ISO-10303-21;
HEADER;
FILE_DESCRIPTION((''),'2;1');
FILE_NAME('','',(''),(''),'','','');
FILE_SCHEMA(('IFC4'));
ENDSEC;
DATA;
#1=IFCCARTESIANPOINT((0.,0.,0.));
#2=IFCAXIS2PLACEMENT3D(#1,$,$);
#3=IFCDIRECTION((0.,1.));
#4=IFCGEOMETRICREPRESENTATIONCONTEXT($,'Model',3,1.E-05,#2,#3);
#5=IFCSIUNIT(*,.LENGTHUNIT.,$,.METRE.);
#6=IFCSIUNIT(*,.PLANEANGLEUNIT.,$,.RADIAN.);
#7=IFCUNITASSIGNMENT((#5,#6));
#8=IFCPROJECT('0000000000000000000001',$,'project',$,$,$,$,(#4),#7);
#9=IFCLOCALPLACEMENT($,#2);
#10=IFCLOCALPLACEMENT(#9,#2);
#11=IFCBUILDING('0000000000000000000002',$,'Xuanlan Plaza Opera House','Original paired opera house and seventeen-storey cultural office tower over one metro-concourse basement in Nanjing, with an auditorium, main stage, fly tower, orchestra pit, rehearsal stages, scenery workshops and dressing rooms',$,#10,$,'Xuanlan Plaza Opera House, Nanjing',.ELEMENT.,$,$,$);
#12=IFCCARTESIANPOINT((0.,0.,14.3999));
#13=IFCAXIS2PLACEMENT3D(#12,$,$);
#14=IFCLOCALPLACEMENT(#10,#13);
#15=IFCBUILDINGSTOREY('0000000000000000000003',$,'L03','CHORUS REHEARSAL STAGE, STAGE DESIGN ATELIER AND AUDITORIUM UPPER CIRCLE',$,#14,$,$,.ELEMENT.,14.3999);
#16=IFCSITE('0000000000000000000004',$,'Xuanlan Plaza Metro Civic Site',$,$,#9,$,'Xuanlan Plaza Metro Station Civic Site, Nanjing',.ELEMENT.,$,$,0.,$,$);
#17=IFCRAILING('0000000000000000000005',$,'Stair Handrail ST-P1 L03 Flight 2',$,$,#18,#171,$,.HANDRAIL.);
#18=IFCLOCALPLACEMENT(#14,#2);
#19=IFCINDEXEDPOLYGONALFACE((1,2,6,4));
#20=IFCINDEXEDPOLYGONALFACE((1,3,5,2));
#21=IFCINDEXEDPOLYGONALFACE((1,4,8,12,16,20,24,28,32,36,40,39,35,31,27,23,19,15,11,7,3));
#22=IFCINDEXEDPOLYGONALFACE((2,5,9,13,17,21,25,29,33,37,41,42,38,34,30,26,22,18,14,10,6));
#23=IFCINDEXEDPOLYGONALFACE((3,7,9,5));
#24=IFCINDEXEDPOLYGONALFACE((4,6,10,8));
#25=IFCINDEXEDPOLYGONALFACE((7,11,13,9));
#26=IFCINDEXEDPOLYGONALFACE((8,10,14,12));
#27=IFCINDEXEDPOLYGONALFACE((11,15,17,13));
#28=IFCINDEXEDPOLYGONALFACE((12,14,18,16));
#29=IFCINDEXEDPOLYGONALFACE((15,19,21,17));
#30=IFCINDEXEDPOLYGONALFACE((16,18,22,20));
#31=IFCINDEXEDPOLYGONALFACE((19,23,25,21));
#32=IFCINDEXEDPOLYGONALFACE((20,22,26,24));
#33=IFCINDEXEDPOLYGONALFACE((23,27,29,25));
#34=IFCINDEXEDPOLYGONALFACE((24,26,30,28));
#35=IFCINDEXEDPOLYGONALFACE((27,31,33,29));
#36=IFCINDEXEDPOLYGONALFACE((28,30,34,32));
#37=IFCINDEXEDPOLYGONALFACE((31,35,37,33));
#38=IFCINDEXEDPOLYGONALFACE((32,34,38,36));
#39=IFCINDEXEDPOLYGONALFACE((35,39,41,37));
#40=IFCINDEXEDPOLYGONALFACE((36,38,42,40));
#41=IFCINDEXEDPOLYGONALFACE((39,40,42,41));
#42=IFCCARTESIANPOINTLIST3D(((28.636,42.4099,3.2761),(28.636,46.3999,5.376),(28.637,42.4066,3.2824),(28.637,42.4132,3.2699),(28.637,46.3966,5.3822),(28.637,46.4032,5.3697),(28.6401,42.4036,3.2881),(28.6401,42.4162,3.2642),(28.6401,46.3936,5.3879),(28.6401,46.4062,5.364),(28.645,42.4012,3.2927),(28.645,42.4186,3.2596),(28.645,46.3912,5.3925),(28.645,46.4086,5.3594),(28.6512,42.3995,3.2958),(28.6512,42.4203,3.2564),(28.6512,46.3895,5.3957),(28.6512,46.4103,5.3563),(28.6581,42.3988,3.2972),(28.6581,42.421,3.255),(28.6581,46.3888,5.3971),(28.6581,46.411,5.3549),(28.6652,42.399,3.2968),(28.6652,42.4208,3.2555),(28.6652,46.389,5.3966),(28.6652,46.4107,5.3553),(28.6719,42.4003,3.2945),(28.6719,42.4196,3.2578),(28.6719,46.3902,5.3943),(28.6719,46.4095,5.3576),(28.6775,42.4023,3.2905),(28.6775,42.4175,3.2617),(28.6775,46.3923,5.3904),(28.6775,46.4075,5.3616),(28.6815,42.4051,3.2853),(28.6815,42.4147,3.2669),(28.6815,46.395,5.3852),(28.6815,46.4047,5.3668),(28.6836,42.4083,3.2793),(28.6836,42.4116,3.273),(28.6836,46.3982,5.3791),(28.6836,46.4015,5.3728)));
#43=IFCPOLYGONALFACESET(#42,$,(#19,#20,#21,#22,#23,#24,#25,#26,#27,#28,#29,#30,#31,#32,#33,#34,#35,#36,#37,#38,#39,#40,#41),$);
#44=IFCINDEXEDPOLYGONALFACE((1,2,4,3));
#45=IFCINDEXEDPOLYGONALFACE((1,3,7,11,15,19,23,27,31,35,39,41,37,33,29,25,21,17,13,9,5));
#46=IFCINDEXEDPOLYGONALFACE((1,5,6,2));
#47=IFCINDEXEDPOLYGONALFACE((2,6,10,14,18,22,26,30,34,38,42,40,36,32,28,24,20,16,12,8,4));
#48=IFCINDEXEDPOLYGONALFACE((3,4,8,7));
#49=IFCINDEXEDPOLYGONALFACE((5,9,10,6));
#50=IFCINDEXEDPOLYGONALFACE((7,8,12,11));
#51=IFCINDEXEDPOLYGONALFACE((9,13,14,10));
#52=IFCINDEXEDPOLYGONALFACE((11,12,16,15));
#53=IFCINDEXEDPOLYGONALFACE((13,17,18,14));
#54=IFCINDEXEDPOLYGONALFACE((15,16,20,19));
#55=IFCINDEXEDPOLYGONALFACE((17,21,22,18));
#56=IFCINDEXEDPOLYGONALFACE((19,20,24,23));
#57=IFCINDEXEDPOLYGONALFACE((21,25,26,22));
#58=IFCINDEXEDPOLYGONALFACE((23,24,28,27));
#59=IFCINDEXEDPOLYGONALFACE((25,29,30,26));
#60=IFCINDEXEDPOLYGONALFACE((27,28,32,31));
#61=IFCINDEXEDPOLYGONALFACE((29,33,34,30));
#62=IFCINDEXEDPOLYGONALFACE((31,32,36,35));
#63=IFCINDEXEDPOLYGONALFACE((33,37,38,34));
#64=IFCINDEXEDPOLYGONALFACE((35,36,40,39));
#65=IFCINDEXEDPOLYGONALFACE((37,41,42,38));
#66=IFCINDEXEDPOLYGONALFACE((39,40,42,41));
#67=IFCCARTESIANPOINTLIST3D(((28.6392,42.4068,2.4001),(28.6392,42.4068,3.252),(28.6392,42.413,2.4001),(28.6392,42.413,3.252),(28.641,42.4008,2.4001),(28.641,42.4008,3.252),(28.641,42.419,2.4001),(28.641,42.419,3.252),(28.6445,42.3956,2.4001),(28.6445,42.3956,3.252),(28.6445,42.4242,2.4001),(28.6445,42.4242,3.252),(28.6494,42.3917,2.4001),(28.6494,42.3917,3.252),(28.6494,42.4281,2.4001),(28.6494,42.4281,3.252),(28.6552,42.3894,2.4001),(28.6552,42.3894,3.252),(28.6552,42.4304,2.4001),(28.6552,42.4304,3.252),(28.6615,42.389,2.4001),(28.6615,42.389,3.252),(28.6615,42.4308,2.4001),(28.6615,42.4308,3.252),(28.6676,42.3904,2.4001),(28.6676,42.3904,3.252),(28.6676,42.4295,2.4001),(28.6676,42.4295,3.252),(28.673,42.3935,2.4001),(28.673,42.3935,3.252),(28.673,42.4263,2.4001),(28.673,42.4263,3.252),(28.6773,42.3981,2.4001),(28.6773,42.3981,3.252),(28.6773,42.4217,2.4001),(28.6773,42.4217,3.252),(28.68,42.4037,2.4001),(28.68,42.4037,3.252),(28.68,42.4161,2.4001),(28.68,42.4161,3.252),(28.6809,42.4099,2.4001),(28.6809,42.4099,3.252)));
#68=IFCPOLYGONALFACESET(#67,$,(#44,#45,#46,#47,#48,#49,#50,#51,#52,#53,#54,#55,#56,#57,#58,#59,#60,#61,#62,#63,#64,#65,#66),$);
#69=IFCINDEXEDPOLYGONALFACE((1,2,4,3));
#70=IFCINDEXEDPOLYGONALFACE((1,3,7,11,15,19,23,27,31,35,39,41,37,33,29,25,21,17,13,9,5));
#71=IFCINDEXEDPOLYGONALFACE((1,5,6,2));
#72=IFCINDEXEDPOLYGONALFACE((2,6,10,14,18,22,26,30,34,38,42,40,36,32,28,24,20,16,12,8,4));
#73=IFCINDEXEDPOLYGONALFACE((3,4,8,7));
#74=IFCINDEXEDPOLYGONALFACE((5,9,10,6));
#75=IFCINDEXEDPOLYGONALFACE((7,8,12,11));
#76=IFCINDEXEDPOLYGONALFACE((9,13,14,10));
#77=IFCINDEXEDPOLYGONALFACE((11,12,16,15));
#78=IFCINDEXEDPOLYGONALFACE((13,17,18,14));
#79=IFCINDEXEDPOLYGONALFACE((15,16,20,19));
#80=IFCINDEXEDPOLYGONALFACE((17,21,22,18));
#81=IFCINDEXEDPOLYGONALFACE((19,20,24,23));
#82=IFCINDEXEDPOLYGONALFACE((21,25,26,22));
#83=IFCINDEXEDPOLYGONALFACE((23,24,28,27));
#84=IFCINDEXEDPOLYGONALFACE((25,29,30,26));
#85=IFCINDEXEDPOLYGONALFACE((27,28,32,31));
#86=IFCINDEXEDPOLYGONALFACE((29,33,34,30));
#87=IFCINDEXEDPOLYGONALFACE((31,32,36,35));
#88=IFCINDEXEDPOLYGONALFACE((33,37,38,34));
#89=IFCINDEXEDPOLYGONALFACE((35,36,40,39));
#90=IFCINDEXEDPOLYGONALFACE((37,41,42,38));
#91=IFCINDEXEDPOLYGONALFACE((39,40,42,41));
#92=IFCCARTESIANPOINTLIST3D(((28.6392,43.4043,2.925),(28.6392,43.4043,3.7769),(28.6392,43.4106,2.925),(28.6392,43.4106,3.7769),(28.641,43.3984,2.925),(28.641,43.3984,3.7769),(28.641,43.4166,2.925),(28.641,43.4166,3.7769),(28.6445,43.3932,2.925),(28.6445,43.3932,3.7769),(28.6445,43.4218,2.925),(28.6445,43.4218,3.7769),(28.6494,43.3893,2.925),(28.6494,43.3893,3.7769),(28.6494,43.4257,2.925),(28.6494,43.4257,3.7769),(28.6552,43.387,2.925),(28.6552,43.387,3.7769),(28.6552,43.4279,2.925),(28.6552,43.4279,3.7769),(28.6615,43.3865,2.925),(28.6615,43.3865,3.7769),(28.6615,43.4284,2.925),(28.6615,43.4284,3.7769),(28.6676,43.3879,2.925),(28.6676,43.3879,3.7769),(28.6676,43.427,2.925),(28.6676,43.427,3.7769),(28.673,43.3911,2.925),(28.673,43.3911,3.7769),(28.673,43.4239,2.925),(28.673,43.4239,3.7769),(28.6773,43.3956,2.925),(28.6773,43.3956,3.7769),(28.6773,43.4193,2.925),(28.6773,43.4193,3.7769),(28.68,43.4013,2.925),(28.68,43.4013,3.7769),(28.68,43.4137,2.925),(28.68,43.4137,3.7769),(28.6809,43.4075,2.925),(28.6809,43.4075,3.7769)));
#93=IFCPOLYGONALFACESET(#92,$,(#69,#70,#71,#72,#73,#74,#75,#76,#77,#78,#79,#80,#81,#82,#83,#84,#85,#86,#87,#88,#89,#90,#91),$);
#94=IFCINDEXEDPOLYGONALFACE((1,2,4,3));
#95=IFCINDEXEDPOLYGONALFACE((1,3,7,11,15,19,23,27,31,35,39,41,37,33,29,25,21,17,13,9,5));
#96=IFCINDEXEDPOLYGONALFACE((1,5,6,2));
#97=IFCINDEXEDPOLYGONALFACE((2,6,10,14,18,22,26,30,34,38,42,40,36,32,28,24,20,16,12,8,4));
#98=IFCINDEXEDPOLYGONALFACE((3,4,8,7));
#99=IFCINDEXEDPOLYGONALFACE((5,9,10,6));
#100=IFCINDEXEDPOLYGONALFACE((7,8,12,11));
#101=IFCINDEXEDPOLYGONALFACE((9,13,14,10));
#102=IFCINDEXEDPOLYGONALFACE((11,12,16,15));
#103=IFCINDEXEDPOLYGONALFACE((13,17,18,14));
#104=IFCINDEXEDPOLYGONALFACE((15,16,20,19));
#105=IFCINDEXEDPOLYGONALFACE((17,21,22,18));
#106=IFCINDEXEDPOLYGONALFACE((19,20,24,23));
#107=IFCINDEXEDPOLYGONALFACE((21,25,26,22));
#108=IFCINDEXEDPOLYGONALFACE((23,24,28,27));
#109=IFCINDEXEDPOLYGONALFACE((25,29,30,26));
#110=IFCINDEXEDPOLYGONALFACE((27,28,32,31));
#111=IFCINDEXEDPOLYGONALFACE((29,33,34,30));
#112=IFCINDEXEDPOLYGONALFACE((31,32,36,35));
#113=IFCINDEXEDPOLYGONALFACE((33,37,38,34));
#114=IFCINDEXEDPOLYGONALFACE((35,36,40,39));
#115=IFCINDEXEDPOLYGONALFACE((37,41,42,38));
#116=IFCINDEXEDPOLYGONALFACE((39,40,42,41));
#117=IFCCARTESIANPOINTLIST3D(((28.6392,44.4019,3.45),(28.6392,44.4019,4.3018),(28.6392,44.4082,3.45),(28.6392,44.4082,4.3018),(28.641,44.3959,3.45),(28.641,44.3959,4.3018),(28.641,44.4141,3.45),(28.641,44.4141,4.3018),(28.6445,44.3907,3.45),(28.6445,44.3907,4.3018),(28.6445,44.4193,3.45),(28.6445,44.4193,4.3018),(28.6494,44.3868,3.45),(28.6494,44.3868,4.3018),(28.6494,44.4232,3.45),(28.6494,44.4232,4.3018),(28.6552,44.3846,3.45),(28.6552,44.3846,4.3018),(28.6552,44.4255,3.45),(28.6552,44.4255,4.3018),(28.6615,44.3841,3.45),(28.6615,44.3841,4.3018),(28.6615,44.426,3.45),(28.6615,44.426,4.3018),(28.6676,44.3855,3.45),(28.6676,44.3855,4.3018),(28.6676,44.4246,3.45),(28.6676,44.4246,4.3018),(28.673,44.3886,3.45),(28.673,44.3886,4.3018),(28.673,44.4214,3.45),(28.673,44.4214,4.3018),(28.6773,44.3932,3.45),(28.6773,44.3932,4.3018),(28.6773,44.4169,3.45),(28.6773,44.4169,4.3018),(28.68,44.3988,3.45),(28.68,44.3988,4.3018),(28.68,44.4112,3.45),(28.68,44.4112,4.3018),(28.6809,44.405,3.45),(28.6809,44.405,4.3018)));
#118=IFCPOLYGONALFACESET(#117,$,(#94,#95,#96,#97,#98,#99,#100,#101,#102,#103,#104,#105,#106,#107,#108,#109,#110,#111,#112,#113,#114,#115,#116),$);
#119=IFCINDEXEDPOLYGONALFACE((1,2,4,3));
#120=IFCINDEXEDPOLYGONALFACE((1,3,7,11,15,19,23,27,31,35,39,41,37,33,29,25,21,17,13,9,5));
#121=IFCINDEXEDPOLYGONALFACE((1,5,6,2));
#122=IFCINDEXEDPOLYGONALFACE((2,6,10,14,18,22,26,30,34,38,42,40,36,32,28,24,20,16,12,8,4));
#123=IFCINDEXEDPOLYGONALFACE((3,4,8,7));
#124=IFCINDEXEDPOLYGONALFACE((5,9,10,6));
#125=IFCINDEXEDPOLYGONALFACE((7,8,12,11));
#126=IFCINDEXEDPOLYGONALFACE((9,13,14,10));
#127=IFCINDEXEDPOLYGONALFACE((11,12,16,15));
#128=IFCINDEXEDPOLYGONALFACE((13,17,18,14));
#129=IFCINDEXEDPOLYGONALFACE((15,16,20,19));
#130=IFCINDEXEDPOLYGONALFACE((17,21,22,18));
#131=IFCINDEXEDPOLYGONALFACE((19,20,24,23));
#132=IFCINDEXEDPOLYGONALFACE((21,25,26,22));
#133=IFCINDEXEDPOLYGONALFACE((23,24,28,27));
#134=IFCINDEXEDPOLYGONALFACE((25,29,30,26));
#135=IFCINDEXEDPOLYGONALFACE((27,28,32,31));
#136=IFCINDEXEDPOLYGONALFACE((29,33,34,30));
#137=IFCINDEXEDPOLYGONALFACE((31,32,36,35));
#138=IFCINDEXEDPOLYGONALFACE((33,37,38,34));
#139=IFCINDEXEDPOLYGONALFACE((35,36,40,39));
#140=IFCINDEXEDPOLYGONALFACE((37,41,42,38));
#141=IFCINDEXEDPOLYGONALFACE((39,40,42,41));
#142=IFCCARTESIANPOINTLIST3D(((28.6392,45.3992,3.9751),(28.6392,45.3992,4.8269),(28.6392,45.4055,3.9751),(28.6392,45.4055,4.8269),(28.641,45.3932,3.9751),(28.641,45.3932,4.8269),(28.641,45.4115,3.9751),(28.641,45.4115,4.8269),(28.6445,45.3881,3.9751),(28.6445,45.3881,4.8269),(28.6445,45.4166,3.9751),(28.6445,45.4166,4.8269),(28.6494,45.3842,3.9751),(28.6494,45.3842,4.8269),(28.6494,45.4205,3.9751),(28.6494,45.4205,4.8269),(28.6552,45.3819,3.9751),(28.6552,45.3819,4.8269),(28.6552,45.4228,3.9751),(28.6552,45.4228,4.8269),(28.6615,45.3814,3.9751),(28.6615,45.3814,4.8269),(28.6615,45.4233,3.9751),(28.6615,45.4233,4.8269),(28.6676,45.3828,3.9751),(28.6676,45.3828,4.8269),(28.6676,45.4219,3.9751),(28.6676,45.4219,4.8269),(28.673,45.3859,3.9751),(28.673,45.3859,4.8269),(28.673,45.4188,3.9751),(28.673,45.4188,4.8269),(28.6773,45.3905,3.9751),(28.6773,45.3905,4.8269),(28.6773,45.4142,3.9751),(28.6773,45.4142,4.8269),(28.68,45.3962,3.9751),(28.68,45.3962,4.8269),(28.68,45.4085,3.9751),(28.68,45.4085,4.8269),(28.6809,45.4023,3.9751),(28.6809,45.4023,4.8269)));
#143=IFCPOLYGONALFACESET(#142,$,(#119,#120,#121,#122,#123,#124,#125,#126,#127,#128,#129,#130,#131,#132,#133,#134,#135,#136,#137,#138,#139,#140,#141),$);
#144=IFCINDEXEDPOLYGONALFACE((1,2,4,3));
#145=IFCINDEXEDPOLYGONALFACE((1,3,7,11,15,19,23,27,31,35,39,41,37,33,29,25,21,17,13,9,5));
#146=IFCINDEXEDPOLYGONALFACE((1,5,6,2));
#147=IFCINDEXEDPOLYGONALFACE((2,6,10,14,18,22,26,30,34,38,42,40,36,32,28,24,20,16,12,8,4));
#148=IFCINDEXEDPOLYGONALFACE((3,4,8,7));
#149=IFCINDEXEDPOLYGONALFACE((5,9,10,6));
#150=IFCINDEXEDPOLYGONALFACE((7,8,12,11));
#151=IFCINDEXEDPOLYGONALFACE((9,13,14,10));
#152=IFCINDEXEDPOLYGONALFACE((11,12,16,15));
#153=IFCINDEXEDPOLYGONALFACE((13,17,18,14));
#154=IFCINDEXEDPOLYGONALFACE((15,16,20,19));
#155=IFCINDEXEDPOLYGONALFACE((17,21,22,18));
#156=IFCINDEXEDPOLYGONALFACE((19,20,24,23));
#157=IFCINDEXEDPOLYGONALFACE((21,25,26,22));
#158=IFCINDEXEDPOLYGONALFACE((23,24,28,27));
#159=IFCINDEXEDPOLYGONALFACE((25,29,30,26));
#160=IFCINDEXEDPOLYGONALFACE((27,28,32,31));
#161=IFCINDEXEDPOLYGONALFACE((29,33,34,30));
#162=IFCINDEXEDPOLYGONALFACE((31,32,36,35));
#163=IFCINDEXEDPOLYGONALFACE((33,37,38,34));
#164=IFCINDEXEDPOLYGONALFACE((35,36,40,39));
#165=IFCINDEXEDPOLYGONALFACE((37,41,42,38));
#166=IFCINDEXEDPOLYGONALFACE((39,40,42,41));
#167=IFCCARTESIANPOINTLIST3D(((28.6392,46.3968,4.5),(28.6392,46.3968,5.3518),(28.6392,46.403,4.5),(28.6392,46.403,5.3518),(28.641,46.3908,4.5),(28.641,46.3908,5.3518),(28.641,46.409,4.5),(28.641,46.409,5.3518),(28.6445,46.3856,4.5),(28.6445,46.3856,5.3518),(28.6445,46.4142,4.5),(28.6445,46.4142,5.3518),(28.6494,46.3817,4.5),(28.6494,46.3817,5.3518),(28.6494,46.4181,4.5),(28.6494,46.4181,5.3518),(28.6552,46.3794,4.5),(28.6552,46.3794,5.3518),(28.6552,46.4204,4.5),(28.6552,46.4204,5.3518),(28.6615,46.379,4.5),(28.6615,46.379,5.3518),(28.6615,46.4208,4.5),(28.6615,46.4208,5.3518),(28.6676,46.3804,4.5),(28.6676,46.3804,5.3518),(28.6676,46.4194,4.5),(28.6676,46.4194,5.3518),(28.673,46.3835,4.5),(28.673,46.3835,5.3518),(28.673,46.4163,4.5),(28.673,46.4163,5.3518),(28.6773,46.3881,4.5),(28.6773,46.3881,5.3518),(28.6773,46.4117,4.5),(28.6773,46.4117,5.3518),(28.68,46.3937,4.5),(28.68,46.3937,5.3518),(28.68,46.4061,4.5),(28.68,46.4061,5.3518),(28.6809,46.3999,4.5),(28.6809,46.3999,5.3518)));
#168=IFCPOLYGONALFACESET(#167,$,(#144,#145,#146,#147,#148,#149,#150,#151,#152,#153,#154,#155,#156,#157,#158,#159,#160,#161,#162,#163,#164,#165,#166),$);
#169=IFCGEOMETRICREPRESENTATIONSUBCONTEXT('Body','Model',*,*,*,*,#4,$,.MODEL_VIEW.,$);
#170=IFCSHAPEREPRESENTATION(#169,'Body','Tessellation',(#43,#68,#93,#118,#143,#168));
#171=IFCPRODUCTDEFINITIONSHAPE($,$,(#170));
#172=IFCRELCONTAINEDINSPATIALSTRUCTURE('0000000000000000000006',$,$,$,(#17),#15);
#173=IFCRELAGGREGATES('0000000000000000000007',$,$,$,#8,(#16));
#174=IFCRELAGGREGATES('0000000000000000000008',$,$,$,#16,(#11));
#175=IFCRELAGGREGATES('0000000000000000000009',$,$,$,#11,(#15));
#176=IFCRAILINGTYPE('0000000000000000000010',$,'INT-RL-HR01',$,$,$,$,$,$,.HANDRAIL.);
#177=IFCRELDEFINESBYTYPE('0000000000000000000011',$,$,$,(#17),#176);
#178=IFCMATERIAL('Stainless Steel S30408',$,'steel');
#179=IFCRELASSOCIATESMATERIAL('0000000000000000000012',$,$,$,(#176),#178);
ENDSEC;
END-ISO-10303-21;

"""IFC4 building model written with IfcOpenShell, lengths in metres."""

from ifc_helpers import new_model, si_unit, direction, frame, origin, origin_2d, place, context, subcontext, project, spatial, circle, extrude, material, type_object, element, save


model = new_model("IFC4")

# Units and contexts
model_context = context("Model", 3, precision=1e-05, world=origin(), true_north=direction((0.0, 1.0)))
body_context = subcontext(model_context, "Body", "Model", "MODEL_VIEW")
ifc_project = project(units=[si_unit("LENGTHUNIT", "METRE"), si_unit("PLANEANGLEUNIT", "RADIAN")], contexts=[model_context])

# Site, building, storey
site_placement = place(None, origin())
site = spatial("IfcSite", under=ifc_project, at=site_placement, Name="Xuanlan Plaza Metro Civic Site", LongName="Xuanlan Plaza Metro Station Civic Site, Nanjing", CompositionType="ELEMENT", RefElevation=0.0)
building_placement = place(site_placement, origin())
building = spatial("IfcBuilding", under=site, at=building_placement, Name="Xuanlan Plaza Opera House", Description="Original paired opera house and seventeen-storey cultural office tower over one metro-concourse basement in Nanjing, with an auditorium, main stage, fly tower, orchestra pit, rehearsal stages, scenery workshops and dressing rooms", LongName="Xuanlan Plaza Opera House, Nanjing", CompositionType="ELEMENT")
storey_placement = place(building_placement, frame((0.0, 0.0, 14.3999)))
storey = spatial("IfcBuildingStorey", under=building, at=storey_placement, Name="L03", Description="CHORUS REHEARSAL STAGE, STAGE DESIGN ATELIER AND AUDITORIUM UPPER CIRCLE", CompositionType="ELEMENT", Elevation=14.3999)

# Railing
ifc_material_1 = material(Name="Stainless Steel S30408", Category="steel")
railing_type = type_object("IfcRailingType", Name="INT-RL-HR01", PredefinedType="HANDRAIL", material=ifc_material_1)
railing_placement = place(storey_placement, frame((28.6599, 42.4099, 2.4001)))
element("IfcRailing", 1, at=railing_placement, inside=storey, type_object=railing_type, Name="Stair Handrail ST-P1 L03 Flight 2", PredefinedType="HANDRAIL", context=body_context, shape_type="SweptSolid", body=[
    extrude(circle(Radius=0.0239, at=origin_2d()), frame((0.0, 0.0, 0.876), z_axis=(0.0, 0.884931, 0.465722), x_axis=(-1.0, 0.0, 0.0)), (0.0, 0.0, 1.0), 4.5088),
    extrude(circle(Radius=0.021, at=origin_2d()), origin(), (0.0, 0.0, 1.0), 0.8518),
    extrude(circle(Radius=0.021, at=origin_2d()), frame((0.0, 0.9976, 0.5249)), (0.0, 0.0, 1.0), 0.8518),
    extrude(circle(Radius=0.021, at=origin_2d()), frame((0.0, 1.9951, 1.0498)), (0.0, 0.0, 1.0), 0.8518),
    extrude(circle(Radius=0.021, at=origin_2d()), frame((0.0, 2.9924, 1.575)), (0.0, 0.0, 1.0), 0.8518),
    extrude(circle(Radius=0.021, at=origin_2d()), frame((0.0, 3.99, 2.0999)), (0.0, 0.0, 1.0), 0.8518),
])

save(model, "model.ifc")
